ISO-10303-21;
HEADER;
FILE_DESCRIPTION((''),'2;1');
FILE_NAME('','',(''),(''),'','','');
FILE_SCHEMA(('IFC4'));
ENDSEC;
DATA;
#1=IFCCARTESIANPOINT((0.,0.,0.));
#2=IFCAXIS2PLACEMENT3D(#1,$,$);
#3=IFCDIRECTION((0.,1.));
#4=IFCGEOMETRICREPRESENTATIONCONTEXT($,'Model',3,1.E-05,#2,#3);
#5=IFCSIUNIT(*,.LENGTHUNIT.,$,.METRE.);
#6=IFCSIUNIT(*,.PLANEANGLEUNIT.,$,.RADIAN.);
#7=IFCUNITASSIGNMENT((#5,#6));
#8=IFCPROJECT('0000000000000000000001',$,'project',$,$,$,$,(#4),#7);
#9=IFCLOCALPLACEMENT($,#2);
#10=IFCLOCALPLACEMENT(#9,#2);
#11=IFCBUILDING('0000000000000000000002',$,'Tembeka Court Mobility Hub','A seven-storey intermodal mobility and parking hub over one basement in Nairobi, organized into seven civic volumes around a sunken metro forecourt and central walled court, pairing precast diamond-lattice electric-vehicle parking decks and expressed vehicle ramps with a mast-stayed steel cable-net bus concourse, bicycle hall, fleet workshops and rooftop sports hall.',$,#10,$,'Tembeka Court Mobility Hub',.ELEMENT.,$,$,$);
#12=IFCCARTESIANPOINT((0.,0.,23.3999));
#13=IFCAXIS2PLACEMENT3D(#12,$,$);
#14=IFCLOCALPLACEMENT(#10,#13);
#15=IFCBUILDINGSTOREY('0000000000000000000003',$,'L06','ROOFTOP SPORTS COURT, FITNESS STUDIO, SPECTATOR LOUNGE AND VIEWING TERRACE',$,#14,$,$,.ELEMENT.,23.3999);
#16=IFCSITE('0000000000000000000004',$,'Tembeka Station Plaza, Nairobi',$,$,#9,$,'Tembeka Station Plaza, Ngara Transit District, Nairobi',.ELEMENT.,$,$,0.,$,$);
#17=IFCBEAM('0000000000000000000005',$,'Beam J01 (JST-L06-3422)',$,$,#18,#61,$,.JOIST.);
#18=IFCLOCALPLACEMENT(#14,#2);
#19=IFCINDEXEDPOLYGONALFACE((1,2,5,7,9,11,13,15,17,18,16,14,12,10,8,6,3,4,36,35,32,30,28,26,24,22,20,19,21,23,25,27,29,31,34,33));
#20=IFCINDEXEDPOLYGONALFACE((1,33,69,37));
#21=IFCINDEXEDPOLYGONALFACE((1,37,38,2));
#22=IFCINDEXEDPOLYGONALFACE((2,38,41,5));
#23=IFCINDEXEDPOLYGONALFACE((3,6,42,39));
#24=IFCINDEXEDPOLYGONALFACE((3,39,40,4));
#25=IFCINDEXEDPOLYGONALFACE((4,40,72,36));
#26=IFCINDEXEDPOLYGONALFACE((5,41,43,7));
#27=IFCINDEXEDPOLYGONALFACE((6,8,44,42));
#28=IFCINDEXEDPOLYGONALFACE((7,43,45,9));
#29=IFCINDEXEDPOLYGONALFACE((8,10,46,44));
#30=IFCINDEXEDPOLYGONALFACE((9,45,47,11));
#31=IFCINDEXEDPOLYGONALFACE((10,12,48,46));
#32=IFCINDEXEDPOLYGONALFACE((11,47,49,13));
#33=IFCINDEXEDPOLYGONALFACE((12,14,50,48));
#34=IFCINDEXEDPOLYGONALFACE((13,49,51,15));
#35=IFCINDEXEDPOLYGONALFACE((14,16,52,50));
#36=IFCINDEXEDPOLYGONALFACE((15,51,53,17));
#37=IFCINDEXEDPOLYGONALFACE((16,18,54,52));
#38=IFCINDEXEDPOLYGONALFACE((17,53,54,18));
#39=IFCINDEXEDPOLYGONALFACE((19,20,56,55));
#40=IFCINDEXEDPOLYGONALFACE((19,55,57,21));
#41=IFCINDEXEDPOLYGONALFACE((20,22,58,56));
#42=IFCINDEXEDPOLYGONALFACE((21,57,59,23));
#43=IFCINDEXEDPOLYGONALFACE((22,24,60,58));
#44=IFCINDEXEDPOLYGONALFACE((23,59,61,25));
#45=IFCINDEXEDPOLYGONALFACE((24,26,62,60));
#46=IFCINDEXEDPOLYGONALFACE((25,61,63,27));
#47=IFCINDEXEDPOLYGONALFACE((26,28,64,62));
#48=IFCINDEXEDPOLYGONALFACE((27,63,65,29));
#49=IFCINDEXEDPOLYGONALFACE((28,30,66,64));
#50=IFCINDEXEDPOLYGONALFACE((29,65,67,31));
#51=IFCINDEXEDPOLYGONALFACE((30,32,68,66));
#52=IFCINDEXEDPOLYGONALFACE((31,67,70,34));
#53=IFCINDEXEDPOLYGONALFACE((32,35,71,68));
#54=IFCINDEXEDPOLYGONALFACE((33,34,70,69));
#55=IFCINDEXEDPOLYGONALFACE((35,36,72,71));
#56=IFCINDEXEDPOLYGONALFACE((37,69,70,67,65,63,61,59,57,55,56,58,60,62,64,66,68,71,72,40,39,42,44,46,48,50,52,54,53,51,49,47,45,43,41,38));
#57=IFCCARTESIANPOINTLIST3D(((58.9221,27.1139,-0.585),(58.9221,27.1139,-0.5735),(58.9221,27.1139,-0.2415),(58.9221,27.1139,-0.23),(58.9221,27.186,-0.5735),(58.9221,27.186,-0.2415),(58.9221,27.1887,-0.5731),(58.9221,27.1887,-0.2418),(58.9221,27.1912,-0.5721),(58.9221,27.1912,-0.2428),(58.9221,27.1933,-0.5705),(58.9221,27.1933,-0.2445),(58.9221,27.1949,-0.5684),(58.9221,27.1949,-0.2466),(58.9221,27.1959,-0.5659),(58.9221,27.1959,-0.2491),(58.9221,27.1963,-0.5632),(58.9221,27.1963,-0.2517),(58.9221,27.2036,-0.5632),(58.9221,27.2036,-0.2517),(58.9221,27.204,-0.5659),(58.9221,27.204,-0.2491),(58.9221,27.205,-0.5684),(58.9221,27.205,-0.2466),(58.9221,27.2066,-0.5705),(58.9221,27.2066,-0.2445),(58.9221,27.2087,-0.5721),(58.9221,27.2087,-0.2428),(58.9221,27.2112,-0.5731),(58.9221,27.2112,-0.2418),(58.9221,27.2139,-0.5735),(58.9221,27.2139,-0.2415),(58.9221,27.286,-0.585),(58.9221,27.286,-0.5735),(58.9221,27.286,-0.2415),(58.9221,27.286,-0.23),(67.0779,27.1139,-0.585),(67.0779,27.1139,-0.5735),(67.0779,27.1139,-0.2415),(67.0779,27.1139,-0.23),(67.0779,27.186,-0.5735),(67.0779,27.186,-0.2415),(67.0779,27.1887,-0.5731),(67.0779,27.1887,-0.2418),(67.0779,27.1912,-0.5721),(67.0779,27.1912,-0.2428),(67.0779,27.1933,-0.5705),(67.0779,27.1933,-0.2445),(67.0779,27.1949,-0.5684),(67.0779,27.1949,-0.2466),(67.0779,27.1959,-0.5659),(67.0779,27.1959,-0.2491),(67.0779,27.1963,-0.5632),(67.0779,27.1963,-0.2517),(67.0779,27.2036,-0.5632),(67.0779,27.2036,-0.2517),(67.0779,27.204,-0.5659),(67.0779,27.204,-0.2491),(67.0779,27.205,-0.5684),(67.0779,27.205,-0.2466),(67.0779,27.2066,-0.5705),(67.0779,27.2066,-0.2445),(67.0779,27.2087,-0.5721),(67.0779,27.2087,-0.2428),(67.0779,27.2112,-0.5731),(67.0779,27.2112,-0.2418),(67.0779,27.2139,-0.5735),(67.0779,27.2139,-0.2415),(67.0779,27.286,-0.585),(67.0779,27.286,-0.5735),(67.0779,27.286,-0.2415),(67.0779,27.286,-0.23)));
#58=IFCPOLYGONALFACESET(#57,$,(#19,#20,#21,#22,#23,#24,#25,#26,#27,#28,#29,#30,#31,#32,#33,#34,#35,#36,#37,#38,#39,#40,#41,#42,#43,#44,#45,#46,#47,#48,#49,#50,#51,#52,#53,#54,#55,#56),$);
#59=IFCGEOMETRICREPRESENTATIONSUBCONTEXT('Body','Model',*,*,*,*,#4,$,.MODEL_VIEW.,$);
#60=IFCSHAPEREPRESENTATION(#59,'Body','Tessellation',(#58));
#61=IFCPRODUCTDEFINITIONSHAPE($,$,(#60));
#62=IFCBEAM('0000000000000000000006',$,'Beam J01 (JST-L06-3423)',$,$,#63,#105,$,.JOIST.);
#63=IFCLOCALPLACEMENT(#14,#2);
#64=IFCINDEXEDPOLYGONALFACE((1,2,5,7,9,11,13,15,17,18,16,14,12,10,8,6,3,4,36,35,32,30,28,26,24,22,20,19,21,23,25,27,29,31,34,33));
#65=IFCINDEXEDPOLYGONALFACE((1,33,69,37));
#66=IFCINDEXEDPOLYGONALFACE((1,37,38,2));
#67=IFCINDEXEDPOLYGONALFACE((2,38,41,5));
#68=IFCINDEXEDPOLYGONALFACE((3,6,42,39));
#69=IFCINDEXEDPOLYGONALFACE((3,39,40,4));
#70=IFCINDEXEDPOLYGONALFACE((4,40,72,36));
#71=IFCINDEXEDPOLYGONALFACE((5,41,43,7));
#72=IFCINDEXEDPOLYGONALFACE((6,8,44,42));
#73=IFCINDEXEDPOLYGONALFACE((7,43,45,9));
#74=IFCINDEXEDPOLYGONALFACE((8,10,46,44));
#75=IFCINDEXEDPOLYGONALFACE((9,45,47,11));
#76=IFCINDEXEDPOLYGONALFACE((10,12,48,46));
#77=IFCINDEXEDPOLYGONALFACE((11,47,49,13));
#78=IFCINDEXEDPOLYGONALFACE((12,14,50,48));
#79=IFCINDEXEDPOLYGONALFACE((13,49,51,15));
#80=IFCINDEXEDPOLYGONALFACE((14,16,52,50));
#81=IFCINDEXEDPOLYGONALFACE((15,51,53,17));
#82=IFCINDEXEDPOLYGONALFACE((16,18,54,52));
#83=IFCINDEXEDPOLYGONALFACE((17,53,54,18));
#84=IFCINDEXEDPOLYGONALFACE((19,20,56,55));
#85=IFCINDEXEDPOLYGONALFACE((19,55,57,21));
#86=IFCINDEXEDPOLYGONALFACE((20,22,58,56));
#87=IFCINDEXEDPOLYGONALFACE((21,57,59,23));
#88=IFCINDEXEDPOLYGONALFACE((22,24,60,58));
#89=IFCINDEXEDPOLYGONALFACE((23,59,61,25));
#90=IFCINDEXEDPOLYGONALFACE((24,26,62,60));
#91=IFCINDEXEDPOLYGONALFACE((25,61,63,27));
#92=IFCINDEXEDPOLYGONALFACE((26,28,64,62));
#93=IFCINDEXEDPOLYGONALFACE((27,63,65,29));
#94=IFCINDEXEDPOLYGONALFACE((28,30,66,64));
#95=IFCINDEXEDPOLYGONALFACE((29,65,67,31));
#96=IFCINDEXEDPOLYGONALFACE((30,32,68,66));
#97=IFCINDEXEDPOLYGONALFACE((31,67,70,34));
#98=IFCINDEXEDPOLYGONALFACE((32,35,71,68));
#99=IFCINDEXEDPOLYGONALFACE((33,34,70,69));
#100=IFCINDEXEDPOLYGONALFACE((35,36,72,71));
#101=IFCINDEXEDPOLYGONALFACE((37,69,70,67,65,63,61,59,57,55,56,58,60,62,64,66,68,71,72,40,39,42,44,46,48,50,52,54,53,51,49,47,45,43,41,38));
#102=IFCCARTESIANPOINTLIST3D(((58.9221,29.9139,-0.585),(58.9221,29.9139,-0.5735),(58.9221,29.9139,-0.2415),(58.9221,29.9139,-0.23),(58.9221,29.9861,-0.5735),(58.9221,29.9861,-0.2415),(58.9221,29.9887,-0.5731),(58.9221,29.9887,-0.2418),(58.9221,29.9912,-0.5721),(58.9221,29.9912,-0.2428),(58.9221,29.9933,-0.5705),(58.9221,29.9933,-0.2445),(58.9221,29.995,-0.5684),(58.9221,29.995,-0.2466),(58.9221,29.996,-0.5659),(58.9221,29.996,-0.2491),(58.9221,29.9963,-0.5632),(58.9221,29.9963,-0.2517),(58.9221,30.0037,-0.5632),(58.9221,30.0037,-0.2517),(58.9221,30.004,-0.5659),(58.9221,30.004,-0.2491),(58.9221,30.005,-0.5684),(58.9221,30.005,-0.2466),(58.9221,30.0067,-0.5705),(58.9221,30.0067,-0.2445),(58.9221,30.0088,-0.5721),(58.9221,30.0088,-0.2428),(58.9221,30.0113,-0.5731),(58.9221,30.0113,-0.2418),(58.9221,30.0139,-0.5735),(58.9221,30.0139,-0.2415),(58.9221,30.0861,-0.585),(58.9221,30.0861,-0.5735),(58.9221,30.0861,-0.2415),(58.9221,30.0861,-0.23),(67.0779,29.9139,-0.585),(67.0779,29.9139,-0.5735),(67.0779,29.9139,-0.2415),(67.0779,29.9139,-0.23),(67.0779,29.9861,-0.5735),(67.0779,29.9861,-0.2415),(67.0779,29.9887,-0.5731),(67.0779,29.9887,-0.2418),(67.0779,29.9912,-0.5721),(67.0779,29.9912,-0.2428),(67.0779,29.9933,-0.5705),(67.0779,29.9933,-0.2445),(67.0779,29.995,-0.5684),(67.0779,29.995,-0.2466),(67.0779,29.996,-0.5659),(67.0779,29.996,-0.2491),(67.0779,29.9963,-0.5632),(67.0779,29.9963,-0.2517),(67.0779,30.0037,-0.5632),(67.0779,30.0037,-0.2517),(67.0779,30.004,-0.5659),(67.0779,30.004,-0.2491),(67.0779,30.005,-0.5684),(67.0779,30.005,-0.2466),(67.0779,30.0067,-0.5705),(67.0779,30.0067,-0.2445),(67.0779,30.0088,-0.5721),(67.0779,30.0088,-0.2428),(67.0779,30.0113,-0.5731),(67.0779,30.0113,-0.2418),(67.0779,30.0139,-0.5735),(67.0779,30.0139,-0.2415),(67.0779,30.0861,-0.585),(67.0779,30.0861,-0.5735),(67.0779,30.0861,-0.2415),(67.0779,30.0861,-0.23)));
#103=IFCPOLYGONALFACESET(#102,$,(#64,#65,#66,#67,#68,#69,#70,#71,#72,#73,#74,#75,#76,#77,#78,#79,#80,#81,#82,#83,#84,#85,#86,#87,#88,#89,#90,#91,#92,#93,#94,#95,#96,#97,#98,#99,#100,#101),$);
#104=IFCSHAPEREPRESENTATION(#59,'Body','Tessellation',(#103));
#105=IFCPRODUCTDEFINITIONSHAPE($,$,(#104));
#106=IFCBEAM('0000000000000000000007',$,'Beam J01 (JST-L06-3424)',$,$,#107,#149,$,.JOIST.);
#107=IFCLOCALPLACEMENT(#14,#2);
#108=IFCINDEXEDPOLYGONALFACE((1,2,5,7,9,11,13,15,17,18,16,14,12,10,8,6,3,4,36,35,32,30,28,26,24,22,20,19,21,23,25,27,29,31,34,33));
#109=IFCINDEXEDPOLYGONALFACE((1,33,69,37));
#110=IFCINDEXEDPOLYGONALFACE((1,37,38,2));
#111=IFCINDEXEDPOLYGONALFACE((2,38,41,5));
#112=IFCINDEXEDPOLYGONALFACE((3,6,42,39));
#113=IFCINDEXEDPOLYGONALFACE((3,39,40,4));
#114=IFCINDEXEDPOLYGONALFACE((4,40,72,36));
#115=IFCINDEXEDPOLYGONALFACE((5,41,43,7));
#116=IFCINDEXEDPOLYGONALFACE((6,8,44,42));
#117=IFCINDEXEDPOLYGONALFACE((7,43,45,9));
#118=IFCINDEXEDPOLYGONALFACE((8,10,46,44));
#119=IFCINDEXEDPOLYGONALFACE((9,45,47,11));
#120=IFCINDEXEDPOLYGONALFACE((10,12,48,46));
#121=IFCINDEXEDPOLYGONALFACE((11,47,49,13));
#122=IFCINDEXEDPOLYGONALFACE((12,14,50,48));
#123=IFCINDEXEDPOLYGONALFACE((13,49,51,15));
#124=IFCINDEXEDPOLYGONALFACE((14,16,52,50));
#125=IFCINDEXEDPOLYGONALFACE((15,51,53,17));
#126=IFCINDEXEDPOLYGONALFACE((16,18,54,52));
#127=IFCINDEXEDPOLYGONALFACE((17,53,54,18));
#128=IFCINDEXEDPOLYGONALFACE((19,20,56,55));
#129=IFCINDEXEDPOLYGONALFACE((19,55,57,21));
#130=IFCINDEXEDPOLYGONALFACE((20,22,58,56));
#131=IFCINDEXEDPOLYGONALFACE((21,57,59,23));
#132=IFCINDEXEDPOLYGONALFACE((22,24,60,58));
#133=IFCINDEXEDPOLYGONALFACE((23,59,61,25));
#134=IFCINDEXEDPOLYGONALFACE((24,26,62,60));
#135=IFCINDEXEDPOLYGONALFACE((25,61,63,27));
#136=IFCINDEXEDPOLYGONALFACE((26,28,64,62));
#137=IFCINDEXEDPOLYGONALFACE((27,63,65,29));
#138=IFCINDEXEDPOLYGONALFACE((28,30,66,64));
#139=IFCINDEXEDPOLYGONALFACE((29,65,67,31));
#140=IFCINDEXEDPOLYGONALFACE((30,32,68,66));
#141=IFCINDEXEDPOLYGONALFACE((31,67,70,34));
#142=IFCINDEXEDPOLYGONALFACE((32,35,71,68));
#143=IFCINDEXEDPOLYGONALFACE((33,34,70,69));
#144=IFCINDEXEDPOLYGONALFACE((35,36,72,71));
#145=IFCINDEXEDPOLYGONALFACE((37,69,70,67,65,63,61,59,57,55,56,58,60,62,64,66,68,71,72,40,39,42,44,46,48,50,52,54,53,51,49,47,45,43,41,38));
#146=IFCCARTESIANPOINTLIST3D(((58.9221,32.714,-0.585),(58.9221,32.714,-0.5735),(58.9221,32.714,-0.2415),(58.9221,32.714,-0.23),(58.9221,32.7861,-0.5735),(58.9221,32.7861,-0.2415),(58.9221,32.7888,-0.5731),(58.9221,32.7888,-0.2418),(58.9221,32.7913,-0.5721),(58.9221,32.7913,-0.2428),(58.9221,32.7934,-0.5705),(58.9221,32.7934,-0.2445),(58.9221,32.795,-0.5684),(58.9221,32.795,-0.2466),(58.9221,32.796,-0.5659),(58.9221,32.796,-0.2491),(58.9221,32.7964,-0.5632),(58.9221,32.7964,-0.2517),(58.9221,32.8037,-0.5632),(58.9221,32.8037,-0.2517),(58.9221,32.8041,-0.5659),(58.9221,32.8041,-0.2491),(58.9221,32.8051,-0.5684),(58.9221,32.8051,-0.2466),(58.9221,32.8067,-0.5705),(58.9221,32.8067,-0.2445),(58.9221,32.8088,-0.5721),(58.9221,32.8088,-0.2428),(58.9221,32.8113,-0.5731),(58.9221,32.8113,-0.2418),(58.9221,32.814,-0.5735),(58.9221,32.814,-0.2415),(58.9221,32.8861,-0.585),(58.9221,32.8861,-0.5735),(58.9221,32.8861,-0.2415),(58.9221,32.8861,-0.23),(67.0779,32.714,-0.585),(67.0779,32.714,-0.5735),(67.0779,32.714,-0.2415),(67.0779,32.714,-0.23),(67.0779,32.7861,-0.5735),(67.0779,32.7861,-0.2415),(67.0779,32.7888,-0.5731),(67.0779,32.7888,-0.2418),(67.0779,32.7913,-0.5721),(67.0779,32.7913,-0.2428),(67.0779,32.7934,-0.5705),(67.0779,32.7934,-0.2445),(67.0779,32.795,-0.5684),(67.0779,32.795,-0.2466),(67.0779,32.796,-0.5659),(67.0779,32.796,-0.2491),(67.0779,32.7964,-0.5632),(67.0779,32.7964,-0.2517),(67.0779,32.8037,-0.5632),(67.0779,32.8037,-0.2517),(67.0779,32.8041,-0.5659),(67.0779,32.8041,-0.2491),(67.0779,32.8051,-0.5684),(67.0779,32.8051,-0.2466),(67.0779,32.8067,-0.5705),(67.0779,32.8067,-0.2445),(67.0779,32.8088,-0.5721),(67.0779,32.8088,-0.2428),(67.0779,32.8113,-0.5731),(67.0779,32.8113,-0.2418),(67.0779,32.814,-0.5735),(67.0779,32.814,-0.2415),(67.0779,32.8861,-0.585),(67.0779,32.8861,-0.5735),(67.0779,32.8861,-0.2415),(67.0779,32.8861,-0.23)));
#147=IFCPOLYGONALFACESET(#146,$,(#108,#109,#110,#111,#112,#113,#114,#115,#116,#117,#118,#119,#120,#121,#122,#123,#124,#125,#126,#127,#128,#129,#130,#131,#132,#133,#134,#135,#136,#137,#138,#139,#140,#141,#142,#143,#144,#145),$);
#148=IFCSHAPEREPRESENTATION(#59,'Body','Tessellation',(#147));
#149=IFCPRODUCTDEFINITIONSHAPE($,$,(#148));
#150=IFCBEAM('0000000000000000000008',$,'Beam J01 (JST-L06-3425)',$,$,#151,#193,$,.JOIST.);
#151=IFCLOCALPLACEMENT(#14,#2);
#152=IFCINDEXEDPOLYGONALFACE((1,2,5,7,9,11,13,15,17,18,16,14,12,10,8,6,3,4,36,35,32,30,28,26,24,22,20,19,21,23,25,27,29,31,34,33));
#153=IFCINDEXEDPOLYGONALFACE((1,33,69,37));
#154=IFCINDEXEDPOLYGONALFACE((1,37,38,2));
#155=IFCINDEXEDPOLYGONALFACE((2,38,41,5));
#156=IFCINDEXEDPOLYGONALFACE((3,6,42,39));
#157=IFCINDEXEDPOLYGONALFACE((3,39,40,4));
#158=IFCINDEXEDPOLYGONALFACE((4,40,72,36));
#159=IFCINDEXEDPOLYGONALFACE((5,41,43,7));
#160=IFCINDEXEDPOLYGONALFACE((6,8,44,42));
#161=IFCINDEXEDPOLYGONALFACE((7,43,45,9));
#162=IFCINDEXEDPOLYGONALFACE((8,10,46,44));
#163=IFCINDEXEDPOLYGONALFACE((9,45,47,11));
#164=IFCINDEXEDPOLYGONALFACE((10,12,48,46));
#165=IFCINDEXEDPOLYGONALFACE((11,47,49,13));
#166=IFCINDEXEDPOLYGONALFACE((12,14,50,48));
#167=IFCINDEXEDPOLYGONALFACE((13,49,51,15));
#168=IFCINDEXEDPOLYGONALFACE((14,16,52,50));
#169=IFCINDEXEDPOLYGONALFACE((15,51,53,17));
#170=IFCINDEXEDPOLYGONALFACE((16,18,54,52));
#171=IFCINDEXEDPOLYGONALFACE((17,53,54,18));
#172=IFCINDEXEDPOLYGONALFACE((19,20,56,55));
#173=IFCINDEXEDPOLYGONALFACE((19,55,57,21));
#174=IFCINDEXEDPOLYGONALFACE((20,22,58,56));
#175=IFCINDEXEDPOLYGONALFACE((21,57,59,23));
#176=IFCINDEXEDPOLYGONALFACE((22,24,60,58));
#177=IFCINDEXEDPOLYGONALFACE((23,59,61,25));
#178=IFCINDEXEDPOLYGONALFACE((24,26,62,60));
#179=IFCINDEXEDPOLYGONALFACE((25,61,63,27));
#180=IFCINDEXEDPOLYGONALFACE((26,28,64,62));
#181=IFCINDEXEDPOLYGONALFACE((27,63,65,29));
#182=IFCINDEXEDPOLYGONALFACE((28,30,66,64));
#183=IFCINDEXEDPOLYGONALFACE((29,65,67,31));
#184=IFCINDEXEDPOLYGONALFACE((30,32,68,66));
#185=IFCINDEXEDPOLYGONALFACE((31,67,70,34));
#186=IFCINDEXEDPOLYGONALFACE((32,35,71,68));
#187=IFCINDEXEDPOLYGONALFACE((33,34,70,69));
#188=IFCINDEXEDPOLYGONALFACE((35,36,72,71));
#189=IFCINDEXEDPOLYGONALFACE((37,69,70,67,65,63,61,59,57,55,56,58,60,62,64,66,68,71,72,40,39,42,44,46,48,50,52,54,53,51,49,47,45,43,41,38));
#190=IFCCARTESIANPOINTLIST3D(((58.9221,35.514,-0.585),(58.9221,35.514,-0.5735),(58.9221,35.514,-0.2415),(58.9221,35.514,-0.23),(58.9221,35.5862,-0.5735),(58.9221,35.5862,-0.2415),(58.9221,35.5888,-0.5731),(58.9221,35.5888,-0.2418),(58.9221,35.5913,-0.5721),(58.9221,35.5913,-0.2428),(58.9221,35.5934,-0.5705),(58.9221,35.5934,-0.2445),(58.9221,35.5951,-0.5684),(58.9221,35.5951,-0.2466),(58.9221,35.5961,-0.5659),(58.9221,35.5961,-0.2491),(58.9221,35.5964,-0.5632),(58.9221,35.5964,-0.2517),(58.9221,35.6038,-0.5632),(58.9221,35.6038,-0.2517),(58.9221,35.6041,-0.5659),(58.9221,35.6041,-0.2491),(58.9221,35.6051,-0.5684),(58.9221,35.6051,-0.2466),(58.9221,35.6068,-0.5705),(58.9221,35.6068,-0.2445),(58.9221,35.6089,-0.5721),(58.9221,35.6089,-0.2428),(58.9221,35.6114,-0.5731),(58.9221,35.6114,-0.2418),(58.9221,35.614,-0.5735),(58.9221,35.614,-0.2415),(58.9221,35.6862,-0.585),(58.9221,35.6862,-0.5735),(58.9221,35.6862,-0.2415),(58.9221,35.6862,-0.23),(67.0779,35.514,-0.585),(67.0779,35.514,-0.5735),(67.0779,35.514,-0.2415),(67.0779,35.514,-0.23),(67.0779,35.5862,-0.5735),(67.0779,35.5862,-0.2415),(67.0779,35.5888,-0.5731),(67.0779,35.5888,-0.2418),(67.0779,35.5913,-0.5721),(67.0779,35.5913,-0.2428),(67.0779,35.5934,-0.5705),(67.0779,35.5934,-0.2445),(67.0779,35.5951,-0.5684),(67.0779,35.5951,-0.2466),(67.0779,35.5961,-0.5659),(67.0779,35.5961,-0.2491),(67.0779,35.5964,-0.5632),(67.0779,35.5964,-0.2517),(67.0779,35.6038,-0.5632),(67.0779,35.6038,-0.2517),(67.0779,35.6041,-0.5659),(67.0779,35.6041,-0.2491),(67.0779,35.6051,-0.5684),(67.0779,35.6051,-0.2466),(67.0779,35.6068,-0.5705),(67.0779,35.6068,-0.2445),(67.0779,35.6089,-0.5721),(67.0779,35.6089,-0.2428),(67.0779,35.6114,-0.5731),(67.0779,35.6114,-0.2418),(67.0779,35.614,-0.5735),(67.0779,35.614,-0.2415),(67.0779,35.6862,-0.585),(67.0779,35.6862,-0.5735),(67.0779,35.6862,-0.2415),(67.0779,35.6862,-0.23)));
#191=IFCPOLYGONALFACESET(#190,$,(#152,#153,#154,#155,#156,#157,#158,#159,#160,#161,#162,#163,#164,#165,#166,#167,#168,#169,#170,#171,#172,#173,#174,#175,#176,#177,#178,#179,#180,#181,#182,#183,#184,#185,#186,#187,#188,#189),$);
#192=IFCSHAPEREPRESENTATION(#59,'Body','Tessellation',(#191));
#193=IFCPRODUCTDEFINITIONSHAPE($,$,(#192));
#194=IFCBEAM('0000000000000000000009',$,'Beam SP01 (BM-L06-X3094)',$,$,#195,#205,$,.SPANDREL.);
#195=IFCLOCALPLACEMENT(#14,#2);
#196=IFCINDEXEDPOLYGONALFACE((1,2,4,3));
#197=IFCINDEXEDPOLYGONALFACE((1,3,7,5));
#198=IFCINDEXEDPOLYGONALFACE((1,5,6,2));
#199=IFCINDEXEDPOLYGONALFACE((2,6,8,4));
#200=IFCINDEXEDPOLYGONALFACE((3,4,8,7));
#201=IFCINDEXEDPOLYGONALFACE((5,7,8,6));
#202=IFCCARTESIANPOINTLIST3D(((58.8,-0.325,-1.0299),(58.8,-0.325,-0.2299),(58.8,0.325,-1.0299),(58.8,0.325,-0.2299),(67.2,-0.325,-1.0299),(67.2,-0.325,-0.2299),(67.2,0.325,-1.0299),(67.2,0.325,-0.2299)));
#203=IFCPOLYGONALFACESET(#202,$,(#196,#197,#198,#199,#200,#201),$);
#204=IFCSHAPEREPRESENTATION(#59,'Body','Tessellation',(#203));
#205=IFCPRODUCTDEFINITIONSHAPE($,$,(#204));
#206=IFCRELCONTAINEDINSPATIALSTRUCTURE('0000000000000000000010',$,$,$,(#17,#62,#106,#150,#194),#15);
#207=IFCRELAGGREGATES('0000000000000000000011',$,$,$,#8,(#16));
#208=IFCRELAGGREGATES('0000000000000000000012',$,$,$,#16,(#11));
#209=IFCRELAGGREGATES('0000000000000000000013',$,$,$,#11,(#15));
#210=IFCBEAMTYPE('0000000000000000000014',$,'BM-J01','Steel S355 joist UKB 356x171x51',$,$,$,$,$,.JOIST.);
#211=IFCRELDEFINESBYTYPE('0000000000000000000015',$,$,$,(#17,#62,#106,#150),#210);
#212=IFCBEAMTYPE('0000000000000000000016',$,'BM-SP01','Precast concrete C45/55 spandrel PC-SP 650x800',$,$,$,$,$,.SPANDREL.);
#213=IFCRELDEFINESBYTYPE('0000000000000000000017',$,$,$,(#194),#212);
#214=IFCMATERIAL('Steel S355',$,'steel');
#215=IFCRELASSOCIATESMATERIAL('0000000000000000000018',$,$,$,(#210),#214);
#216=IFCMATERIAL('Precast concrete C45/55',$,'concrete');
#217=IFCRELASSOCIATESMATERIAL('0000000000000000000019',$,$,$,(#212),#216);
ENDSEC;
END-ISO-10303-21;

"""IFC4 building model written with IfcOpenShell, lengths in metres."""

from ifc_helpers import new_model, si_unit, direction, frame, origin, origin_2d, place, context, subcontext, project, spatial, rectangle, i_section, extrude, material, material_profile, profile_set, type_object, element, save


model = new_model("IFC4")

# Units and contexts
model_context = context("Model", 3, precision=1e-05, world=origin(), true_north=direction((0.0, 1.0)))
body_context = subcontext(model_context, "Body", "Model", "MODEL_VIEW")
ifc_project = project(units=[si_unit("LENGTHUNIT", "METRE"), si_unit("PLANEANGLEUNIT", "RADIAN")], contexts=[model_context])

# Site, building, storey
site_placement = place(None, origin())
site = spatial("IfcSite", under=ifc_project, at=site_placement, Name="Tembeka Station Plaza, Nairobi", LongName="Tembeka Station Plaza, Ngara Transit District, Nairobi", CompositionType="ELEMENT", RefElevation=0.0)
building_placement = place(site_placement, origin())
building = spatial("IfcBuilding", under=site, at=building_placement, Name="Tembeka Court Mobility Hub", Description="A seven-storey intermodal mobility and parking hub over one basement in Nairobi, organized into seven civic volumes around a sunken metro forecourt and central walled court, pairing precast diamond-lattice electric-vehicle parking decks and expressed vehicle ramps with a mast-stayed steel cable-net bus concourse, bicycle hall, fleet workshops and rooftop sports hall.", LongName="Tembeka Court Mobility Hub", CompositionType="ELEMENT")
storey_placement = place(building_placement, frame((0.0, 0.0, 23.3999)))
storey = spatial("IfcBuildingStorey", under=building, at=storey_placement, Name="L06", Description="ROOFTOP SPORTS COURT, FITNESS STUDIO, SPECTATOR LOUNGE AND VIEWING TERRACE", CompositionType="ELEMENT", Elevation=23.3999)

# Beams
ifc_material_1 = material(Name="Steel S355", Category="steel")
ifc_material_profile_1 = material_profile(ifc_material_1, i_section(OverallWidth=0.1721, OverallDepth=0.355, WebThickness=0.0073, FlangeThickness=0.0115, FilletRadius=0.0103, at=origin_2d()), Name="UKB 356x171x51")
ifc_profile_set_1 = profile_set([ifc_material_profile_1], Name="Steel S355")
beam_type_1 = type_object("IfcBeamType", Name="BM-J01", Description="Steel S355 joist UKB 356x171x51", PredefinedType="JOIST", material=ifc_profile_set_1)
for number, where, z_axis, x_axis, name in (
    (1, (58.9221, 27.2, -0.4075), (1.0, 0.0, 0.0), (0.0, 1.0, 0.0), "Beam J01 (JST-L06-3422)"),
    (2, (58.9221, 30.0, -0.4075), (1.0, 0.0, 0.0), (0.0, 1.0, 0.0), "Beam J01 (JST-L06-3423)"),
    (3, (58.9221, 32.8, -0.4075), (1.0, 0.0, 0.0), (0.0, 1.0, 0.0), "Beam J01 (JST-L06-3424)"),
    (4, (58.9221, 35.6001, -0.4075), (1.0, 0.0, 0.0), (0.0, 1.0, 0.0), "Beam J01 (JST-L06-3425)"),
):
    element("IfcBeam", number, at=place(storey_placement, frame(where, z_axis=z_axis, x_axis=x_axis)), inside=storey, type_object=beam_type_1, Name=name, PredefinedType="JOIST", context=body_context, shape_type="SweptSolid", body=[
        extrude(i_section(OverallWidth=0.1721, OverallDepth=0.355, WebThickness=0.0073, FlangeThickness=0.0115, FilletRadius=0.0103, at=origin_2d()), origin(), (0.0, 0.0, 1.0), 8.1558),
    ])
ifc_material_2 = material(Name="Precast concrete C45/55", Category="concrete")
ifc_material_profile_2 = material_profile(ifc_material_2, rectangle(XDim=0.6499, YDim=0.8, at=origin_2d()), Name="PC-SP 650x800")
ifc_profile_set_2 = profile_set([ifc_material_profile_2], Name="Precast concrete C45/55")
beam_type_2 = type_object("IfcBeamType", Name="BM-SP01", Description="Precast concrete C45/55 spandrel PC-SP 650x800", PredefinedType="SPANDREL", material=ifc_profile_set_2)
beam_1_placement = place(storey_placement, frame((58.8, 0.0, -0.6299), z_axis=(1.0, 0.0, 0.0), x_axis=(0.0, 1.0, 0.0)))
element("IfcBeam", 5, at=beam_1_placement, inside=storey, type_object=beam_type_2, Name="Beam SP01 (BM-L06-X3094)", PredefinedType="SPANDREL", context=body_context, shape_type="SweptSolid", body=[
    extrude(rectangle(XDim=0.6499, YDim=0.8, at=origin_2d()), origin(), (0.0, 0.0, 1.0), 8.3999),
])

save(model, "model.ifc")
